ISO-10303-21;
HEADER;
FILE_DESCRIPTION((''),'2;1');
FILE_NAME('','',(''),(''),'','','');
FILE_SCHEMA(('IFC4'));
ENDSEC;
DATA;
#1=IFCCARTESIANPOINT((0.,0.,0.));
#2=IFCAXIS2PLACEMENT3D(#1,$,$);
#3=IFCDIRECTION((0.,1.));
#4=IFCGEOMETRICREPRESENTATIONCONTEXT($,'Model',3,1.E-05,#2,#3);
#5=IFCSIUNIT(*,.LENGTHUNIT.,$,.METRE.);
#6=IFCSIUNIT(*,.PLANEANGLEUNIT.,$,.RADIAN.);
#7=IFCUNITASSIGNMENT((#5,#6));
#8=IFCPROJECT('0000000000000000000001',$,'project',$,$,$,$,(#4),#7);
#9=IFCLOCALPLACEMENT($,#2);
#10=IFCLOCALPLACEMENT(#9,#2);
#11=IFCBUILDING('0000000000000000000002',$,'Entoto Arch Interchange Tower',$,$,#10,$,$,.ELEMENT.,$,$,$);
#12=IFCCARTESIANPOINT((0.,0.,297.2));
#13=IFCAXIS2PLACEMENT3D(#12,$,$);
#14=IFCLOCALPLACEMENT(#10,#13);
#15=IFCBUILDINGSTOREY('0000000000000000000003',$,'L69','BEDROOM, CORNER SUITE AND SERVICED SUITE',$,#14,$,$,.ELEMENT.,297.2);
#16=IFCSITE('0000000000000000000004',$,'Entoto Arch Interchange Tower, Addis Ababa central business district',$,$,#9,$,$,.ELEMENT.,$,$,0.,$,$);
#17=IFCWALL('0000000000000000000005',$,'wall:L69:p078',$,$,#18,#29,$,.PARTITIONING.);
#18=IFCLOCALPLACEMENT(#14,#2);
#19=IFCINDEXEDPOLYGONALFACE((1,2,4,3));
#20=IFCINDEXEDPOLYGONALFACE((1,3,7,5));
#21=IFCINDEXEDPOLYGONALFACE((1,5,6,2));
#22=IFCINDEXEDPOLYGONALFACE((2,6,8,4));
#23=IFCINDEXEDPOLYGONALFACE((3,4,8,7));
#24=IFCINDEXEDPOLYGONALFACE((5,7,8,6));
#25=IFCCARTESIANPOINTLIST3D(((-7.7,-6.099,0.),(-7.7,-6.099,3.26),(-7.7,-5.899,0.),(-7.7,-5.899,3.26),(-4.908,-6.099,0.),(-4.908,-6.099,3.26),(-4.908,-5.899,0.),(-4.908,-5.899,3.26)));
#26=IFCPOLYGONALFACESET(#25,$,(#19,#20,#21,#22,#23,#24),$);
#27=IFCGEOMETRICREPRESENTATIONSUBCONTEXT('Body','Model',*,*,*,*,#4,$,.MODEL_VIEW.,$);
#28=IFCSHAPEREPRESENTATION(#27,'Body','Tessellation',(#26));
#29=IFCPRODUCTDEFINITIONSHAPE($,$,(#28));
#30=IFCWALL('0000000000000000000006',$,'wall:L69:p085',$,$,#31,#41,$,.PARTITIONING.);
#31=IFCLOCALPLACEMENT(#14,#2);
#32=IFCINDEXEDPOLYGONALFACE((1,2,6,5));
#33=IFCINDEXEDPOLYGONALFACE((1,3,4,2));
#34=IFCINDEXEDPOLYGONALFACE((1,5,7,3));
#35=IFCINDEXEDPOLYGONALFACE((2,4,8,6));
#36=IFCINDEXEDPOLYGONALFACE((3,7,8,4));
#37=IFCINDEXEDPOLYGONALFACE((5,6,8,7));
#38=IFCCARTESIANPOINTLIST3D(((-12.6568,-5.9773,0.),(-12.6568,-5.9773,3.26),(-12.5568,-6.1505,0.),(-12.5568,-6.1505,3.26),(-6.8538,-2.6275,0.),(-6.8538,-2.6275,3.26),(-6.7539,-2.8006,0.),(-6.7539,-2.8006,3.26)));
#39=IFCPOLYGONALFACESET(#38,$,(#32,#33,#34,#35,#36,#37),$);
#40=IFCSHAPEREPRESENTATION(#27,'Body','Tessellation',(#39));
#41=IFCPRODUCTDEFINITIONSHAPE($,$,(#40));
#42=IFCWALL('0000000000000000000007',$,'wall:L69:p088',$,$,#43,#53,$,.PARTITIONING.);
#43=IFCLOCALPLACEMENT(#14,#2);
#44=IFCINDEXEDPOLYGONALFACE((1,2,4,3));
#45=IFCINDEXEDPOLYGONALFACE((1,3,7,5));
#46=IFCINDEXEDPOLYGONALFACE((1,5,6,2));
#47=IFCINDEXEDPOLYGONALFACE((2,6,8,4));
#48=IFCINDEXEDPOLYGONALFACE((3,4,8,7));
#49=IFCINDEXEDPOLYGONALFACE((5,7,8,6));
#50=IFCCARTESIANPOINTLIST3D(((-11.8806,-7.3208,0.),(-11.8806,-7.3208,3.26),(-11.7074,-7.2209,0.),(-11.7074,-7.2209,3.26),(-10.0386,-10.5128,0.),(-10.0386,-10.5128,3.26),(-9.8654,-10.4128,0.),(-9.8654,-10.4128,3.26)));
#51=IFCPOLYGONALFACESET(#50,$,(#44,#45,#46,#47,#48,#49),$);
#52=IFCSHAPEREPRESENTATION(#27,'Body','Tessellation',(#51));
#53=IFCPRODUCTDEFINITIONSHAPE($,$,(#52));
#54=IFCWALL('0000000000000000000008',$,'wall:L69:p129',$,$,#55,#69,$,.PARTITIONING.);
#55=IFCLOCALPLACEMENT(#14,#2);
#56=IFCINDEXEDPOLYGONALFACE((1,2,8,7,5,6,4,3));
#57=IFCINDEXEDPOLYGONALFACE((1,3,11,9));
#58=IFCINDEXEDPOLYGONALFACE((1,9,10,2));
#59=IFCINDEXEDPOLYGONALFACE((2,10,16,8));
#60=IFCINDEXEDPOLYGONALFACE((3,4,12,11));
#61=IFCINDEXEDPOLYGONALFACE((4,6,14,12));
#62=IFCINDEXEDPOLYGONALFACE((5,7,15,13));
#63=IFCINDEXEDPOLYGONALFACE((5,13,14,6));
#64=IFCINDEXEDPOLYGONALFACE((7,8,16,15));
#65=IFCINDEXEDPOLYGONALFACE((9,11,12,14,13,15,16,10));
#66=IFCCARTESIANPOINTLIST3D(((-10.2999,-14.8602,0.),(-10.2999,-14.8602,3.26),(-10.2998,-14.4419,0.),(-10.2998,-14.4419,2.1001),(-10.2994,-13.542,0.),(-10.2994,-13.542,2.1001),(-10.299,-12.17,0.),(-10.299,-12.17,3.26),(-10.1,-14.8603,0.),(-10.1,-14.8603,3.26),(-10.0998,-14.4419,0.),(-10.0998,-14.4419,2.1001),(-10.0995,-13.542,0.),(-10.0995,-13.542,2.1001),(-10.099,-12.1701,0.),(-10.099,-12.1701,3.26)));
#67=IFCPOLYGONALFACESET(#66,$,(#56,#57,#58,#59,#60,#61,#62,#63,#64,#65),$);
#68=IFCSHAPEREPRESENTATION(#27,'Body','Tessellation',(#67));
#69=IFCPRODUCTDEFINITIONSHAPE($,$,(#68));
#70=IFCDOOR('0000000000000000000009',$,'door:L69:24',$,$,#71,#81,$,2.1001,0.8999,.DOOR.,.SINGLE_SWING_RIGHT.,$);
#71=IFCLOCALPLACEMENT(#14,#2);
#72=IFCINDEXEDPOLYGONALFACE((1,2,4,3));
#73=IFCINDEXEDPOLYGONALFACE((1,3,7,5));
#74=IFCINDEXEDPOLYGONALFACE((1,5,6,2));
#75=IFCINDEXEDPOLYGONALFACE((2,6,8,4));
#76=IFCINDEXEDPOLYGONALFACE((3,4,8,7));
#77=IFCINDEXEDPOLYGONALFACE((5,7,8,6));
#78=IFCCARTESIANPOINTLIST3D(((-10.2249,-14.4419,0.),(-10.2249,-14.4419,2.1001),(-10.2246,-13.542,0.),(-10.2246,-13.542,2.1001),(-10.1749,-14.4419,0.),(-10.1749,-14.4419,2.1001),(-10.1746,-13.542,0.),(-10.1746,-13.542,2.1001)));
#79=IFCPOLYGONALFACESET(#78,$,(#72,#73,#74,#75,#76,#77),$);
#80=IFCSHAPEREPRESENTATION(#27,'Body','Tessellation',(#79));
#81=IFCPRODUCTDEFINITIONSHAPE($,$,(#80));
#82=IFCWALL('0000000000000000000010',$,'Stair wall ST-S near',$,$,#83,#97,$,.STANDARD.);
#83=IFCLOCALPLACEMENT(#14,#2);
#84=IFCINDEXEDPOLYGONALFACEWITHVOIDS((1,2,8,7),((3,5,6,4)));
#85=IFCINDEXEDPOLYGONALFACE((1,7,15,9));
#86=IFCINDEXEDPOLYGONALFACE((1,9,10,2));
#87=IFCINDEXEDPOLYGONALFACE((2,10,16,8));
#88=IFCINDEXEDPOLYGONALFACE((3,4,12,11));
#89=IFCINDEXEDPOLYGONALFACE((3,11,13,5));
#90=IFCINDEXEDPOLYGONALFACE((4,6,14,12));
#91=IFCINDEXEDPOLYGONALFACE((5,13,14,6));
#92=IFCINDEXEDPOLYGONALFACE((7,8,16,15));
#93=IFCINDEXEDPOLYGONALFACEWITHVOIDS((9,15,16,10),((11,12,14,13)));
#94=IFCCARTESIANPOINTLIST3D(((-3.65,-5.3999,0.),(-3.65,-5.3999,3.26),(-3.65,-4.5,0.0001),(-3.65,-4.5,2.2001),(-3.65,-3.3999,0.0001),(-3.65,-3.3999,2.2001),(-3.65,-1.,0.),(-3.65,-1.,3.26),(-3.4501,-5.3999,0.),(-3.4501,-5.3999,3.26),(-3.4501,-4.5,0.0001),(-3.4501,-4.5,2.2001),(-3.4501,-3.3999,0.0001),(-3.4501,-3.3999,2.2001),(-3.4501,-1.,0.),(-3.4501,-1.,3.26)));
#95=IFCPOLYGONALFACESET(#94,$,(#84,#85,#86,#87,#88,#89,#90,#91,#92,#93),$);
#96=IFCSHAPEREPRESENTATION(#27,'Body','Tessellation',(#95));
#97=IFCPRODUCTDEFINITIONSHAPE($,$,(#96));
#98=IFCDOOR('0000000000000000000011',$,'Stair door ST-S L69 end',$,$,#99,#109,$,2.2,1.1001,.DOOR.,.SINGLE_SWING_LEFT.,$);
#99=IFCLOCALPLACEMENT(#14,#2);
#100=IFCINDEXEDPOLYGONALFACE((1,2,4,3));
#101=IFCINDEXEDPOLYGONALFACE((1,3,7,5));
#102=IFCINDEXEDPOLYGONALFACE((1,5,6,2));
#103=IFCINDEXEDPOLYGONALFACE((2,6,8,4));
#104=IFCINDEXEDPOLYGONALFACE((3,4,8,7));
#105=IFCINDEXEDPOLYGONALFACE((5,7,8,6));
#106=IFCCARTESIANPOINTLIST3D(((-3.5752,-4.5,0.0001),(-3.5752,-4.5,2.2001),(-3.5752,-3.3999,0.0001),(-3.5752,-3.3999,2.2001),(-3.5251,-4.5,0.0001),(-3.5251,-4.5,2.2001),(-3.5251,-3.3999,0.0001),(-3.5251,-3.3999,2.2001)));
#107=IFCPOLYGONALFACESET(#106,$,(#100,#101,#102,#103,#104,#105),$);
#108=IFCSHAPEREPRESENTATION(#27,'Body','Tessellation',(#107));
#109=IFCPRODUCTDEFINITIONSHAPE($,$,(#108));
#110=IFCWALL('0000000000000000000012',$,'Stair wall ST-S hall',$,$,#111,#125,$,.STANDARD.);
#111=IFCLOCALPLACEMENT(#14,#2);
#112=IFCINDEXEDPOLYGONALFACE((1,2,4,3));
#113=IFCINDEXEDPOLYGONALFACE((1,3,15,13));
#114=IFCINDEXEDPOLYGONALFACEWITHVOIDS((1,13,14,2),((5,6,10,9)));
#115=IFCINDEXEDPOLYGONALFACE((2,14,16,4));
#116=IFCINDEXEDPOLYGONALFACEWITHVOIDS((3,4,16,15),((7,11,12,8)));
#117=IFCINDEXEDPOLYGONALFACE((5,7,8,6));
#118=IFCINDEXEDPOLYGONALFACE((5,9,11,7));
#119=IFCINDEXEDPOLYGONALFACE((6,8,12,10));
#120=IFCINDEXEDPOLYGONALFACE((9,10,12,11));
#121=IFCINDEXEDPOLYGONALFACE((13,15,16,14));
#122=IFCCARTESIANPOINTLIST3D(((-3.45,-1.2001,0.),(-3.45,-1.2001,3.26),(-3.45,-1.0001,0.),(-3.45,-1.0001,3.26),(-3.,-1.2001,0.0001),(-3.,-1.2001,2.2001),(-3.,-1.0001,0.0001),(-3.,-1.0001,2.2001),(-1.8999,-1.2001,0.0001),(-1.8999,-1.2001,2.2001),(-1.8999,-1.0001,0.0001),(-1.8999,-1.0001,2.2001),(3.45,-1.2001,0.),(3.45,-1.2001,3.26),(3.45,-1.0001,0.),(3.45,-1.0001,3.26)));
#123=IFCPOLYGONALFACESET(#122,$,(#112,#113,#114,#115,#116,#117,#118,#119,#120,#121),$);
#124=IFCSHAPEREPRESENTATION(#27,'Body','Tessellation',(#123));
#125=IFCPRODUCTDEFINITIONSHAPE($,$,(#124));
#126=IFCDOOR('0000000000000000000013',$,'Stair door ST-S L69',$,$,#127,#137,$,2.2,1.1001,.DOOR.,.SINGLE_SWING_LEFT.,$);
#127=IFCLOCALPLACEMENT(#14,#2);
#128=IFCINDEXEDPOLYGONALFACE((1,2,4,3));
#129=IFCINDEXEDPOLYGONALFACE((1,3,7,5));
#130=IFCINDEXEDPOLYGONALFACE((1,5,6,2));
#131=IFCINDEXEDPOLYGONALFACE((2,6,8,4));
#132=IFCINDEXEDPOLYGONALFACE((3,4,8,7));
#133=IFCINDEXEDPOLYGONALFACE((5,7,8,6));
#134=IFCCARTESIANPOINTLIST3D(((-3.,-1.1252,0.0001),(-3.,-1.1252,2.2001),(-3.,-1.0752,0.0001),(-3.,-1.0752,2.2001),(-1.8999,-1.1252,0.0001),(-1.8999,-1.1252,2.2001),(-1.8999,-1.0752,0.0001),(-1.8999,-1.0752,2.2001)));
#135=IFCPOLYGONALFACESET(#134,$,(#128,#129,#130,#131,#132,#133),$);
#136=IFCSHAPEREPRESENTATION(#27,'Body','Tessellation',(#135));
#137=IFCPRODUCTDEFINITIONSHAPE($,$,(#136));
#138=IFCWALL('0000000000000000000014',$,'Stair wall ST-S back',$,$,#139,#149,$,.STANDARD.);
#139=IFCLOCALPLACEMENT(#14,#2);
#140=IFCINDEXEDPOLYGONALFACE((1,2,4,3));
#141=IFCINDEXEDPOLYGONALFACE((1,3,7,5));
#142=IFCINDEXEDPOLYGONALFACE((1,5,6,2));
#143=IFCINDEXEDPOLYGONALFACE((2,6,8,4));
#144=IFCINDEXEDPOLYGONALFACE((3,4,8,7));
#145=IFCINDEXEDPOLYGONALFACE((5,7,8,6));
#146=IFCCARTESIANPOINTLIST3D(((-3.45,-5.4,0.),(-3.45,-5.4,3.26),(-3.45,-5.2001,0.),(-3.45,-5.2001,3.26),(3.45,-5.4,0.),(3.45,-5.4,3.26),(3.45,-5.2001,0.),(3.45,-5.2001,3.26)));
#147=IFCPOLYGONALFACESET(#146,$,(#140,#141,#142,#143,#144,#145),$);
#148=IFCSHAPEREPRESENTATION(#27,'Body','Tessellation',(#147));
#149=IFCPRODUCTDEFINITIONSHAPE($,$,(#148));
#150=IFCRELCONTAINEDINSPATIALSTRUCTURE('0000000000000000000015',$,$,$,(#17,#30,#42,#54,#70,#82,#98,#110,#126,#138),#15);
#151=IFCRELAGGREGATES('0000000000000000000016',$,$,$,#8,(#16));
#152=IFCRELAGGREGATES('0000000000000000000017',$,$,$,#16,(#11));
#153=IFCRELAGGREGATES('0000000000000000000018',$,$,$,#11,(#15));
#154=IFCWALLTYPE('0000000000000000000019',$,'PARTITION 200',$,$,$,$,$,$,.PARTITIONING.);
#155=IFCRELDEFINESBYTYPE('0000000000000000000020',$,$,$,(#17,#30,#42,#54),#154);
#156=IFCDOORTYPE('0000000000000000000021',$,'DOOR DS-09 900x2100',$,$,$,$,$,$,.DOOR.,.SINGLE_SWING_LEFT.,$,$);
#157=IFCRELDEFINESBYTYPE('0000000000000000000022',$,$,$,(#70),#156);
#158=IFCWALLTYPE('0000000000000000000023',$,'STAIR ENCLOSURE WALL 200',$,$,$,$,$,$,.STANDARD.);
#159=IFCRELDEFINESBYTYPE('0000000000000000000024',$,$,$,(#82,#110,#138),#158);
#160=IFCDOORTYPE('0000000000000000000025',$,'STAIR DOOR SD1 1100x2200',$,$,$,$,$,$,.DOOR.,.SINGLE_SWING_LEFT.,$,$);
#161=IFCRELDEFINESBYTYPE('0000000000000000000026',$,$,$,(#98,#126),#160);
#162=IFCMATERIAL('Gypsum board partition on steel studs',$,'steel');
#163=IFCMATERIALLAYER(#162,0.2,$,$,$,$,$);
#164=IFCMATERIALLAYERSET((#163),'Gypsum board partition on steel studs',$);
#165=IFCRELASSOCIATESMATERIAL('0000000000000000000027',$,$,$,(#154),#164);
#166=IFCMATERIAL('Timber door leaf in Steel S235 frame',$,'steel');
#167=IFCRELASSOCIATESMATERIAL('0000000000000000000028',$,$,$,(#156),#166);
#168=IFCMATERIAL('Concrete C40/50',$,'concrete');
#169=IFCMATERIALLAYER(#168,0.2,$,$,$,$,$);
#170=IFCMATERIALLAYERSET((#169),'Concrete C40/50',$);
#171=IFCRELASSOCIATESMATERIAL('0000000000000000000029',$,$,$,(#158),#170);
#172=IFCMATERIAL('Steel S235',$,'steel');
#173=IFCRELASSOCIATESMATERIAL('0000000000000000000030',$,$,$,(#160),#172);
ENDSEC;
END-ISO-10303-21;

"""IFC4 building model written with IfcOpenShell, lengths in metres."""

from ifc_helpers import new_model, si_unit, direction, frame, frame_2d, origin, place, context, subcontext, project, spatial, rectangle, extrude, material, layer, layer_set, type_object, element, fill, save


model = new_model("IFC4")

# Units and contexts
model_context = context("Model", 3, precision=1e-05, world=origin(), true_north=direction((0.0, 1.0)))
body_context = subcontext(model_context, "Body", "Model", "MODEL_VIEW")
ifc_project = project(units=[si_unit("LENGTHUNIT", "METRE"), si_unit("PLANEANGLEUNIT", "RADIAN")], contexts=[model_context])

# Site, building, storey
site_placement = place(None, origin())
site = spatial("IfcSite", under=ifc_project, at=site_placement, Name="Entoto Arch Interchange Tower, Addis Ababa central business district", CompositionType="ELEMENT", RefElevation=0.0)
building_placement = place(site_placement, origin())
building = spatial("IfcBuilding", under=site, at=building_placement, Name="Entoto Arch Interchange Tower", CompositionType="ELEMENT")
storey_placement = place(building_placement, frame((0.0, 0.0, 297.2)))
storey = spatial("IfcBuildingStorey", under=building, at=storey_placement, Name="L69", Description="BEDROOM, CORNER SUITE AND SERVICED SUITE", CompositionType="ELEMENT", Elevation=297.2)

# Shared definitions
ifc_material_1 = material(Name="Concrete C40/50", Category="concrete")

# Shared definitions
ifc_material_2 = material(Name="Gypsum board partition on steel studs", Category="steel")
ifc_layer_1 = layer(ifc_material_2, 0.2)
ifc_layer_set_1 = layer_set([ifc_layer_1], Name="Gypsum board partition on steel studs")
wall_type_1 = type_object("IfcWallType", Name="PARTITION 200", PredefinedType="PARTITIONING", material=ifc_layer_set_1)

# Shared definitions
ifc_material_3 = material(Name="Timber door leaf in Steel S235 frame", Category="steel")

# Walls
wall_1_placement = place(storey_placement, frame((-7.7, -5.999, 0.0), z_axis=(0.0, 0.0, 1.0), x_axis=(1.0, 0.0, 0.0)))
element("IfcWall", 1, at=wall_1_placement, inside=storey, type_object=wall_type_1, Name="wall:L69:p078", PredefinedType="PARTITIONING", context=body_context, shape_type="SweptSolid", body=[
    extrude(rectangle(XDim=2.792, YDim=0.2, at=frame_2d((1.396, 0.0))), origin(), (0.0, 0.0, 1.0), 3.26),
])
wall_2_placement = place(storey_placement, frame((-6.804, -2.7141, 0.0), z_axis=(0.0, 0.0, 1.0), x_axis=(-0.866058, -0.499944, 0.0)))
element("IfcWall", 2, at=wall_2_placement, inside=storey, type_object=wall_type_1, Name="wall:L69:p085", PredefinedType="PARTITIONING", context=body_context, shape_type="SweptSolid", body=[
    extrude(rectangle(XDim=6.7004, YDim=0.2, at=frame_2d((3.3501, 0.0))), origin(), (0.0, 0.0, 1.0), 3.26),
])
wall_3_placement = place(storey_placement, frame((-9.9519, -10.4629, 0.0), z_axis=(0.0, 0.0, 1.0), x_axis=(-0.499837, 0.866119, 0.0)))
element("IfcWall", 3, at=wall_3_placement, inside=storey, type_object=wall_type_1, Name="wall:L69:p088", PredefinedType="PARTITIONING", context=body_context, shape_type="SweptSolid", body=[
    extrude(rectangle(XDim=3.6853, YDim=0.2, at=frame_2d((1.8428, 0.0))), origin(), (0.0, 0.0, 1.0), 3.26),
])

# Walls, openings, doors
wall_4_placement = place(storey_placement, frame((-10.199, -12.1699, 0.0), z_axis=(0.0, 0.0, 1.0), x_axis=(-0.000363, -1.0, 0.0)))
wall_4 = element("IfcWall", 4, at=wall_4_placement, inside=storey, type_object=wall_type_1, Name="wall:L69:p129", PredefinedType="PARTITIONING", context=body_context, shape_type="SweptSolid", body=[
    extrude(rectangle(XDim=2.6902, YDim=0.2, at=frame_2d((1.3452, 0.0))), origin(), (0.0, 0.0, 1.0), 3.26),
])
opening_1_placement = place(wall_4_placement, frame((1.3721, 0.0, 0.0)))
opening_1 = element("IfcOpeningElement", 5, at=opening_1_placement, cuts=wall_4, PredefinedType="OPENING", context=body_context, shape_type="SweptSolid", body=[
    extrude(rectangle(XDim=0.8999, YDim=2.1001, at=frame_2d((0.45, 1.05))), frame((0.0, 0.1099, 0.0), z_axis=(0.0, -1.0, 0.0), x_axis=(1.0, 0.0, 0.0)), (0.0, 0.0, 1.0), 0.22),
])
door_type_1 = type_object("IfcDoorType", Name="DOOR DS-09 900x2100", OperationType="SINGLE_SWING_LEFT", PredefinedType="DOOR", material=ifc_material_3)
door_1_placement = place(opening_1_placement, origin())
door_1 = element("IfcDoor", 6, at=door_1_placement, inside=storey, type_object=door_type_1, Name="door:L69:24", OperationType="SINGLE_SWING_RIGHT", OverallHeight=2.1001, OverallWidth=0.8999, PredefinedType="DOOR", context=body_context, shape_type="SweptSolid", body=[
    extrude(rectangle(XDim=0.8999, YDim=2.1001, at=frame_2d((0.45, 1.05))), frame((0.0, 0.0249, 0.0), z_axis=(0.0, -1.0, 0.0), x_axis=(1.0, 0.0, 0.0)), (0.0, 0.0, 1.0), 0.05),
])
fill(opening_1, door_1)
ifc_layer_2 = layer(ifc_material_1, 0.2)
ifc_layer_set_2 = layer_set([ifc_layer_2], Name="Concrete C40/50")
wall_type_2 = type_object("IfcWallType", Name="STAIR ENCLOSURE WALL 200", PredefinedType="STANDARD", material=ifc_layer_set_2)
wall_5_placement = place(storey_placement, frame((-3.55, -1.0, 0.0), z_axis=(0.0, 0.0, 1.0), x_axis=(0.0, -1.0, 0.0)))
wall_5 = element("IfcWall", 7, at=wall_5_placement, inside=storey, type_object=wall_type_2, Name="Stair wall ST-S near", PredefinedType="STANDARD", context=body_context, shape_type="SweptSolid", body=[
    extrude(rectangle(XDim=4.3999, YDim=0.2, at=frame_2d((2.2, 0.0))), origin(), (0.0, 0.0, 1.0), 3.26),
])
opening_2_placement = place(wall_5_placement, frame((2.3999, 0.0, 0.0)))
opening_2 = element("IfcOpeningElement", 8, at=opening_2_placement, cuts=wall_5, PredefinedType="OPENING", context=body_context, shape_type="SweptSolid", body=[
    extrude(rectangle(XDim=1.1001, YDim=2.2, at=frame_2d((0.55, 1.1001))), frame((0.0, 0.1099, 0.0), z_axis=(0.0, -1.0, 0.0), x_axis=(1.0, 0.0, 0.0)), (0.0, 0.0, 1.0), 0.22),
])
ifc_material_4 = material(Name="Steel S235", Category="steel")
door_type_2 = type_object("IfcDoorType", Name="STAIR DOOR SD1 1100x2200", OperationType="SINGLE_SWING_LEFT", PredefinedType="DOOR", material=ifc_material_4)
door_2_placement = place(opening_2_placement, origin())
door_2 = element("IfcDoor", 9, at=door_2_placement, inside=storey, type_object=door_type_2, Name="Stair door ST-S L69 end", OperationType="SINGLE_SWING_LEFT", OverallHeight=2.2, OverallWidth=1.1001, PredefinedType="DOOR", context=body_context, shape_type="SweptSolid", body=[
    extrude(rectangle(XDim=1.1001, YDim=2.2, at=frame_2d((0.55, 1.1001))), frame((0.0, 0.0249, 0.0), z_axis=(0.0, -1.0, 0.0), x_axis=(1.0, 0.0, 0.0)), (0.0, 0.0, 1.0), 0.05),
])
fill(opening_2, door_2)
wall_6_placement = place(storey_placement, frame((-3.45, -1.1001, 0.0), z_axis=(0.0, 0.0, 1.0), x_axis=(1.0, 0.0, 0.0)))
wall_6 = element("IfcWall", 10, at=wall_6_placement, inside=storey, type_object=wall_type_2, Name="Stair wall ST-S hall", PredefinedType="STANDARD", context=body_context, shape_type="SweptSolid", body=[
    extrude(rectangle(XDim=6.8999, YDim=0.2, at=frame_2d((3.45, 0.0))), origin(), (0.0, 0.0, 1.0), 3.26),
])
opening_3_placement = place(wall_6_placement, frame((0.45, 0.0, 0.0)))
opening_3 = element("IfcOpeningElement", 11, at=opening_3_placement, cuts=wall_6, PredefinedType="OPENING", context=body_context, shape_type="SweptSolid", body=[
    extrude(rectangle(XDim=1.1001, YDim=2.2, at=frame_2d((0.55, 1.1001))), frame((0.0, 0.1099, 0.0), z_axis=(0.0, -1.0, 0.0), x_axis=(1.0, 0.0, 0.0)), (0.0, 0.0, 1.0), 0.22),
])
door_3_placement = place(opening_3_placement, origin())
door_3 = element("IfcDoor", 12, at=door_3_placement, inside=storey, type_object=door_type_2, Name="Stair door ST-S L69", OperationType="SINGLE_SWING_LEFT", OverallHeight=2.2, OverallWidth=1.1001, PredefinedType="DOOR", context=body_context, shape_type="SweptSolid", body=[
    extrude(rectangle(XDim=1.1001, YDim=2.2, at=frame_2d((0.55, 1.1001))), frame((0.0, 0.0249, 0.0), z_axis=(0.0, -1.0, 0.0), x_axis=(1.0, 0.0, 0.0)), (0.0, 0.0, 1.0), 0.05),
])
fill(opening_3, door_3)

# Wall
wall_7_placement = place(storey_placement, frame((-3.45, -5.3, 0.0), z_axis=(0.0, 0.0, 1.0), x_axis=(1.0, 0.0, 0.0)))
element("IfcWall", 13, at=wall_7_placement, inside=storey, type_object=wall_type_2, Name="Stair wall ST-S back", PredefinedType="STANDARD", context=body_context, shape_type="SweptSolid", body=[
    extrude(rectangle(XDim=6.8999, YDim=0.2, at=frame_2d((3.45, 0.0))), origin(), (0.0, 0.0, 1.0), 3.26),
])

save(model, "model.ifc")
